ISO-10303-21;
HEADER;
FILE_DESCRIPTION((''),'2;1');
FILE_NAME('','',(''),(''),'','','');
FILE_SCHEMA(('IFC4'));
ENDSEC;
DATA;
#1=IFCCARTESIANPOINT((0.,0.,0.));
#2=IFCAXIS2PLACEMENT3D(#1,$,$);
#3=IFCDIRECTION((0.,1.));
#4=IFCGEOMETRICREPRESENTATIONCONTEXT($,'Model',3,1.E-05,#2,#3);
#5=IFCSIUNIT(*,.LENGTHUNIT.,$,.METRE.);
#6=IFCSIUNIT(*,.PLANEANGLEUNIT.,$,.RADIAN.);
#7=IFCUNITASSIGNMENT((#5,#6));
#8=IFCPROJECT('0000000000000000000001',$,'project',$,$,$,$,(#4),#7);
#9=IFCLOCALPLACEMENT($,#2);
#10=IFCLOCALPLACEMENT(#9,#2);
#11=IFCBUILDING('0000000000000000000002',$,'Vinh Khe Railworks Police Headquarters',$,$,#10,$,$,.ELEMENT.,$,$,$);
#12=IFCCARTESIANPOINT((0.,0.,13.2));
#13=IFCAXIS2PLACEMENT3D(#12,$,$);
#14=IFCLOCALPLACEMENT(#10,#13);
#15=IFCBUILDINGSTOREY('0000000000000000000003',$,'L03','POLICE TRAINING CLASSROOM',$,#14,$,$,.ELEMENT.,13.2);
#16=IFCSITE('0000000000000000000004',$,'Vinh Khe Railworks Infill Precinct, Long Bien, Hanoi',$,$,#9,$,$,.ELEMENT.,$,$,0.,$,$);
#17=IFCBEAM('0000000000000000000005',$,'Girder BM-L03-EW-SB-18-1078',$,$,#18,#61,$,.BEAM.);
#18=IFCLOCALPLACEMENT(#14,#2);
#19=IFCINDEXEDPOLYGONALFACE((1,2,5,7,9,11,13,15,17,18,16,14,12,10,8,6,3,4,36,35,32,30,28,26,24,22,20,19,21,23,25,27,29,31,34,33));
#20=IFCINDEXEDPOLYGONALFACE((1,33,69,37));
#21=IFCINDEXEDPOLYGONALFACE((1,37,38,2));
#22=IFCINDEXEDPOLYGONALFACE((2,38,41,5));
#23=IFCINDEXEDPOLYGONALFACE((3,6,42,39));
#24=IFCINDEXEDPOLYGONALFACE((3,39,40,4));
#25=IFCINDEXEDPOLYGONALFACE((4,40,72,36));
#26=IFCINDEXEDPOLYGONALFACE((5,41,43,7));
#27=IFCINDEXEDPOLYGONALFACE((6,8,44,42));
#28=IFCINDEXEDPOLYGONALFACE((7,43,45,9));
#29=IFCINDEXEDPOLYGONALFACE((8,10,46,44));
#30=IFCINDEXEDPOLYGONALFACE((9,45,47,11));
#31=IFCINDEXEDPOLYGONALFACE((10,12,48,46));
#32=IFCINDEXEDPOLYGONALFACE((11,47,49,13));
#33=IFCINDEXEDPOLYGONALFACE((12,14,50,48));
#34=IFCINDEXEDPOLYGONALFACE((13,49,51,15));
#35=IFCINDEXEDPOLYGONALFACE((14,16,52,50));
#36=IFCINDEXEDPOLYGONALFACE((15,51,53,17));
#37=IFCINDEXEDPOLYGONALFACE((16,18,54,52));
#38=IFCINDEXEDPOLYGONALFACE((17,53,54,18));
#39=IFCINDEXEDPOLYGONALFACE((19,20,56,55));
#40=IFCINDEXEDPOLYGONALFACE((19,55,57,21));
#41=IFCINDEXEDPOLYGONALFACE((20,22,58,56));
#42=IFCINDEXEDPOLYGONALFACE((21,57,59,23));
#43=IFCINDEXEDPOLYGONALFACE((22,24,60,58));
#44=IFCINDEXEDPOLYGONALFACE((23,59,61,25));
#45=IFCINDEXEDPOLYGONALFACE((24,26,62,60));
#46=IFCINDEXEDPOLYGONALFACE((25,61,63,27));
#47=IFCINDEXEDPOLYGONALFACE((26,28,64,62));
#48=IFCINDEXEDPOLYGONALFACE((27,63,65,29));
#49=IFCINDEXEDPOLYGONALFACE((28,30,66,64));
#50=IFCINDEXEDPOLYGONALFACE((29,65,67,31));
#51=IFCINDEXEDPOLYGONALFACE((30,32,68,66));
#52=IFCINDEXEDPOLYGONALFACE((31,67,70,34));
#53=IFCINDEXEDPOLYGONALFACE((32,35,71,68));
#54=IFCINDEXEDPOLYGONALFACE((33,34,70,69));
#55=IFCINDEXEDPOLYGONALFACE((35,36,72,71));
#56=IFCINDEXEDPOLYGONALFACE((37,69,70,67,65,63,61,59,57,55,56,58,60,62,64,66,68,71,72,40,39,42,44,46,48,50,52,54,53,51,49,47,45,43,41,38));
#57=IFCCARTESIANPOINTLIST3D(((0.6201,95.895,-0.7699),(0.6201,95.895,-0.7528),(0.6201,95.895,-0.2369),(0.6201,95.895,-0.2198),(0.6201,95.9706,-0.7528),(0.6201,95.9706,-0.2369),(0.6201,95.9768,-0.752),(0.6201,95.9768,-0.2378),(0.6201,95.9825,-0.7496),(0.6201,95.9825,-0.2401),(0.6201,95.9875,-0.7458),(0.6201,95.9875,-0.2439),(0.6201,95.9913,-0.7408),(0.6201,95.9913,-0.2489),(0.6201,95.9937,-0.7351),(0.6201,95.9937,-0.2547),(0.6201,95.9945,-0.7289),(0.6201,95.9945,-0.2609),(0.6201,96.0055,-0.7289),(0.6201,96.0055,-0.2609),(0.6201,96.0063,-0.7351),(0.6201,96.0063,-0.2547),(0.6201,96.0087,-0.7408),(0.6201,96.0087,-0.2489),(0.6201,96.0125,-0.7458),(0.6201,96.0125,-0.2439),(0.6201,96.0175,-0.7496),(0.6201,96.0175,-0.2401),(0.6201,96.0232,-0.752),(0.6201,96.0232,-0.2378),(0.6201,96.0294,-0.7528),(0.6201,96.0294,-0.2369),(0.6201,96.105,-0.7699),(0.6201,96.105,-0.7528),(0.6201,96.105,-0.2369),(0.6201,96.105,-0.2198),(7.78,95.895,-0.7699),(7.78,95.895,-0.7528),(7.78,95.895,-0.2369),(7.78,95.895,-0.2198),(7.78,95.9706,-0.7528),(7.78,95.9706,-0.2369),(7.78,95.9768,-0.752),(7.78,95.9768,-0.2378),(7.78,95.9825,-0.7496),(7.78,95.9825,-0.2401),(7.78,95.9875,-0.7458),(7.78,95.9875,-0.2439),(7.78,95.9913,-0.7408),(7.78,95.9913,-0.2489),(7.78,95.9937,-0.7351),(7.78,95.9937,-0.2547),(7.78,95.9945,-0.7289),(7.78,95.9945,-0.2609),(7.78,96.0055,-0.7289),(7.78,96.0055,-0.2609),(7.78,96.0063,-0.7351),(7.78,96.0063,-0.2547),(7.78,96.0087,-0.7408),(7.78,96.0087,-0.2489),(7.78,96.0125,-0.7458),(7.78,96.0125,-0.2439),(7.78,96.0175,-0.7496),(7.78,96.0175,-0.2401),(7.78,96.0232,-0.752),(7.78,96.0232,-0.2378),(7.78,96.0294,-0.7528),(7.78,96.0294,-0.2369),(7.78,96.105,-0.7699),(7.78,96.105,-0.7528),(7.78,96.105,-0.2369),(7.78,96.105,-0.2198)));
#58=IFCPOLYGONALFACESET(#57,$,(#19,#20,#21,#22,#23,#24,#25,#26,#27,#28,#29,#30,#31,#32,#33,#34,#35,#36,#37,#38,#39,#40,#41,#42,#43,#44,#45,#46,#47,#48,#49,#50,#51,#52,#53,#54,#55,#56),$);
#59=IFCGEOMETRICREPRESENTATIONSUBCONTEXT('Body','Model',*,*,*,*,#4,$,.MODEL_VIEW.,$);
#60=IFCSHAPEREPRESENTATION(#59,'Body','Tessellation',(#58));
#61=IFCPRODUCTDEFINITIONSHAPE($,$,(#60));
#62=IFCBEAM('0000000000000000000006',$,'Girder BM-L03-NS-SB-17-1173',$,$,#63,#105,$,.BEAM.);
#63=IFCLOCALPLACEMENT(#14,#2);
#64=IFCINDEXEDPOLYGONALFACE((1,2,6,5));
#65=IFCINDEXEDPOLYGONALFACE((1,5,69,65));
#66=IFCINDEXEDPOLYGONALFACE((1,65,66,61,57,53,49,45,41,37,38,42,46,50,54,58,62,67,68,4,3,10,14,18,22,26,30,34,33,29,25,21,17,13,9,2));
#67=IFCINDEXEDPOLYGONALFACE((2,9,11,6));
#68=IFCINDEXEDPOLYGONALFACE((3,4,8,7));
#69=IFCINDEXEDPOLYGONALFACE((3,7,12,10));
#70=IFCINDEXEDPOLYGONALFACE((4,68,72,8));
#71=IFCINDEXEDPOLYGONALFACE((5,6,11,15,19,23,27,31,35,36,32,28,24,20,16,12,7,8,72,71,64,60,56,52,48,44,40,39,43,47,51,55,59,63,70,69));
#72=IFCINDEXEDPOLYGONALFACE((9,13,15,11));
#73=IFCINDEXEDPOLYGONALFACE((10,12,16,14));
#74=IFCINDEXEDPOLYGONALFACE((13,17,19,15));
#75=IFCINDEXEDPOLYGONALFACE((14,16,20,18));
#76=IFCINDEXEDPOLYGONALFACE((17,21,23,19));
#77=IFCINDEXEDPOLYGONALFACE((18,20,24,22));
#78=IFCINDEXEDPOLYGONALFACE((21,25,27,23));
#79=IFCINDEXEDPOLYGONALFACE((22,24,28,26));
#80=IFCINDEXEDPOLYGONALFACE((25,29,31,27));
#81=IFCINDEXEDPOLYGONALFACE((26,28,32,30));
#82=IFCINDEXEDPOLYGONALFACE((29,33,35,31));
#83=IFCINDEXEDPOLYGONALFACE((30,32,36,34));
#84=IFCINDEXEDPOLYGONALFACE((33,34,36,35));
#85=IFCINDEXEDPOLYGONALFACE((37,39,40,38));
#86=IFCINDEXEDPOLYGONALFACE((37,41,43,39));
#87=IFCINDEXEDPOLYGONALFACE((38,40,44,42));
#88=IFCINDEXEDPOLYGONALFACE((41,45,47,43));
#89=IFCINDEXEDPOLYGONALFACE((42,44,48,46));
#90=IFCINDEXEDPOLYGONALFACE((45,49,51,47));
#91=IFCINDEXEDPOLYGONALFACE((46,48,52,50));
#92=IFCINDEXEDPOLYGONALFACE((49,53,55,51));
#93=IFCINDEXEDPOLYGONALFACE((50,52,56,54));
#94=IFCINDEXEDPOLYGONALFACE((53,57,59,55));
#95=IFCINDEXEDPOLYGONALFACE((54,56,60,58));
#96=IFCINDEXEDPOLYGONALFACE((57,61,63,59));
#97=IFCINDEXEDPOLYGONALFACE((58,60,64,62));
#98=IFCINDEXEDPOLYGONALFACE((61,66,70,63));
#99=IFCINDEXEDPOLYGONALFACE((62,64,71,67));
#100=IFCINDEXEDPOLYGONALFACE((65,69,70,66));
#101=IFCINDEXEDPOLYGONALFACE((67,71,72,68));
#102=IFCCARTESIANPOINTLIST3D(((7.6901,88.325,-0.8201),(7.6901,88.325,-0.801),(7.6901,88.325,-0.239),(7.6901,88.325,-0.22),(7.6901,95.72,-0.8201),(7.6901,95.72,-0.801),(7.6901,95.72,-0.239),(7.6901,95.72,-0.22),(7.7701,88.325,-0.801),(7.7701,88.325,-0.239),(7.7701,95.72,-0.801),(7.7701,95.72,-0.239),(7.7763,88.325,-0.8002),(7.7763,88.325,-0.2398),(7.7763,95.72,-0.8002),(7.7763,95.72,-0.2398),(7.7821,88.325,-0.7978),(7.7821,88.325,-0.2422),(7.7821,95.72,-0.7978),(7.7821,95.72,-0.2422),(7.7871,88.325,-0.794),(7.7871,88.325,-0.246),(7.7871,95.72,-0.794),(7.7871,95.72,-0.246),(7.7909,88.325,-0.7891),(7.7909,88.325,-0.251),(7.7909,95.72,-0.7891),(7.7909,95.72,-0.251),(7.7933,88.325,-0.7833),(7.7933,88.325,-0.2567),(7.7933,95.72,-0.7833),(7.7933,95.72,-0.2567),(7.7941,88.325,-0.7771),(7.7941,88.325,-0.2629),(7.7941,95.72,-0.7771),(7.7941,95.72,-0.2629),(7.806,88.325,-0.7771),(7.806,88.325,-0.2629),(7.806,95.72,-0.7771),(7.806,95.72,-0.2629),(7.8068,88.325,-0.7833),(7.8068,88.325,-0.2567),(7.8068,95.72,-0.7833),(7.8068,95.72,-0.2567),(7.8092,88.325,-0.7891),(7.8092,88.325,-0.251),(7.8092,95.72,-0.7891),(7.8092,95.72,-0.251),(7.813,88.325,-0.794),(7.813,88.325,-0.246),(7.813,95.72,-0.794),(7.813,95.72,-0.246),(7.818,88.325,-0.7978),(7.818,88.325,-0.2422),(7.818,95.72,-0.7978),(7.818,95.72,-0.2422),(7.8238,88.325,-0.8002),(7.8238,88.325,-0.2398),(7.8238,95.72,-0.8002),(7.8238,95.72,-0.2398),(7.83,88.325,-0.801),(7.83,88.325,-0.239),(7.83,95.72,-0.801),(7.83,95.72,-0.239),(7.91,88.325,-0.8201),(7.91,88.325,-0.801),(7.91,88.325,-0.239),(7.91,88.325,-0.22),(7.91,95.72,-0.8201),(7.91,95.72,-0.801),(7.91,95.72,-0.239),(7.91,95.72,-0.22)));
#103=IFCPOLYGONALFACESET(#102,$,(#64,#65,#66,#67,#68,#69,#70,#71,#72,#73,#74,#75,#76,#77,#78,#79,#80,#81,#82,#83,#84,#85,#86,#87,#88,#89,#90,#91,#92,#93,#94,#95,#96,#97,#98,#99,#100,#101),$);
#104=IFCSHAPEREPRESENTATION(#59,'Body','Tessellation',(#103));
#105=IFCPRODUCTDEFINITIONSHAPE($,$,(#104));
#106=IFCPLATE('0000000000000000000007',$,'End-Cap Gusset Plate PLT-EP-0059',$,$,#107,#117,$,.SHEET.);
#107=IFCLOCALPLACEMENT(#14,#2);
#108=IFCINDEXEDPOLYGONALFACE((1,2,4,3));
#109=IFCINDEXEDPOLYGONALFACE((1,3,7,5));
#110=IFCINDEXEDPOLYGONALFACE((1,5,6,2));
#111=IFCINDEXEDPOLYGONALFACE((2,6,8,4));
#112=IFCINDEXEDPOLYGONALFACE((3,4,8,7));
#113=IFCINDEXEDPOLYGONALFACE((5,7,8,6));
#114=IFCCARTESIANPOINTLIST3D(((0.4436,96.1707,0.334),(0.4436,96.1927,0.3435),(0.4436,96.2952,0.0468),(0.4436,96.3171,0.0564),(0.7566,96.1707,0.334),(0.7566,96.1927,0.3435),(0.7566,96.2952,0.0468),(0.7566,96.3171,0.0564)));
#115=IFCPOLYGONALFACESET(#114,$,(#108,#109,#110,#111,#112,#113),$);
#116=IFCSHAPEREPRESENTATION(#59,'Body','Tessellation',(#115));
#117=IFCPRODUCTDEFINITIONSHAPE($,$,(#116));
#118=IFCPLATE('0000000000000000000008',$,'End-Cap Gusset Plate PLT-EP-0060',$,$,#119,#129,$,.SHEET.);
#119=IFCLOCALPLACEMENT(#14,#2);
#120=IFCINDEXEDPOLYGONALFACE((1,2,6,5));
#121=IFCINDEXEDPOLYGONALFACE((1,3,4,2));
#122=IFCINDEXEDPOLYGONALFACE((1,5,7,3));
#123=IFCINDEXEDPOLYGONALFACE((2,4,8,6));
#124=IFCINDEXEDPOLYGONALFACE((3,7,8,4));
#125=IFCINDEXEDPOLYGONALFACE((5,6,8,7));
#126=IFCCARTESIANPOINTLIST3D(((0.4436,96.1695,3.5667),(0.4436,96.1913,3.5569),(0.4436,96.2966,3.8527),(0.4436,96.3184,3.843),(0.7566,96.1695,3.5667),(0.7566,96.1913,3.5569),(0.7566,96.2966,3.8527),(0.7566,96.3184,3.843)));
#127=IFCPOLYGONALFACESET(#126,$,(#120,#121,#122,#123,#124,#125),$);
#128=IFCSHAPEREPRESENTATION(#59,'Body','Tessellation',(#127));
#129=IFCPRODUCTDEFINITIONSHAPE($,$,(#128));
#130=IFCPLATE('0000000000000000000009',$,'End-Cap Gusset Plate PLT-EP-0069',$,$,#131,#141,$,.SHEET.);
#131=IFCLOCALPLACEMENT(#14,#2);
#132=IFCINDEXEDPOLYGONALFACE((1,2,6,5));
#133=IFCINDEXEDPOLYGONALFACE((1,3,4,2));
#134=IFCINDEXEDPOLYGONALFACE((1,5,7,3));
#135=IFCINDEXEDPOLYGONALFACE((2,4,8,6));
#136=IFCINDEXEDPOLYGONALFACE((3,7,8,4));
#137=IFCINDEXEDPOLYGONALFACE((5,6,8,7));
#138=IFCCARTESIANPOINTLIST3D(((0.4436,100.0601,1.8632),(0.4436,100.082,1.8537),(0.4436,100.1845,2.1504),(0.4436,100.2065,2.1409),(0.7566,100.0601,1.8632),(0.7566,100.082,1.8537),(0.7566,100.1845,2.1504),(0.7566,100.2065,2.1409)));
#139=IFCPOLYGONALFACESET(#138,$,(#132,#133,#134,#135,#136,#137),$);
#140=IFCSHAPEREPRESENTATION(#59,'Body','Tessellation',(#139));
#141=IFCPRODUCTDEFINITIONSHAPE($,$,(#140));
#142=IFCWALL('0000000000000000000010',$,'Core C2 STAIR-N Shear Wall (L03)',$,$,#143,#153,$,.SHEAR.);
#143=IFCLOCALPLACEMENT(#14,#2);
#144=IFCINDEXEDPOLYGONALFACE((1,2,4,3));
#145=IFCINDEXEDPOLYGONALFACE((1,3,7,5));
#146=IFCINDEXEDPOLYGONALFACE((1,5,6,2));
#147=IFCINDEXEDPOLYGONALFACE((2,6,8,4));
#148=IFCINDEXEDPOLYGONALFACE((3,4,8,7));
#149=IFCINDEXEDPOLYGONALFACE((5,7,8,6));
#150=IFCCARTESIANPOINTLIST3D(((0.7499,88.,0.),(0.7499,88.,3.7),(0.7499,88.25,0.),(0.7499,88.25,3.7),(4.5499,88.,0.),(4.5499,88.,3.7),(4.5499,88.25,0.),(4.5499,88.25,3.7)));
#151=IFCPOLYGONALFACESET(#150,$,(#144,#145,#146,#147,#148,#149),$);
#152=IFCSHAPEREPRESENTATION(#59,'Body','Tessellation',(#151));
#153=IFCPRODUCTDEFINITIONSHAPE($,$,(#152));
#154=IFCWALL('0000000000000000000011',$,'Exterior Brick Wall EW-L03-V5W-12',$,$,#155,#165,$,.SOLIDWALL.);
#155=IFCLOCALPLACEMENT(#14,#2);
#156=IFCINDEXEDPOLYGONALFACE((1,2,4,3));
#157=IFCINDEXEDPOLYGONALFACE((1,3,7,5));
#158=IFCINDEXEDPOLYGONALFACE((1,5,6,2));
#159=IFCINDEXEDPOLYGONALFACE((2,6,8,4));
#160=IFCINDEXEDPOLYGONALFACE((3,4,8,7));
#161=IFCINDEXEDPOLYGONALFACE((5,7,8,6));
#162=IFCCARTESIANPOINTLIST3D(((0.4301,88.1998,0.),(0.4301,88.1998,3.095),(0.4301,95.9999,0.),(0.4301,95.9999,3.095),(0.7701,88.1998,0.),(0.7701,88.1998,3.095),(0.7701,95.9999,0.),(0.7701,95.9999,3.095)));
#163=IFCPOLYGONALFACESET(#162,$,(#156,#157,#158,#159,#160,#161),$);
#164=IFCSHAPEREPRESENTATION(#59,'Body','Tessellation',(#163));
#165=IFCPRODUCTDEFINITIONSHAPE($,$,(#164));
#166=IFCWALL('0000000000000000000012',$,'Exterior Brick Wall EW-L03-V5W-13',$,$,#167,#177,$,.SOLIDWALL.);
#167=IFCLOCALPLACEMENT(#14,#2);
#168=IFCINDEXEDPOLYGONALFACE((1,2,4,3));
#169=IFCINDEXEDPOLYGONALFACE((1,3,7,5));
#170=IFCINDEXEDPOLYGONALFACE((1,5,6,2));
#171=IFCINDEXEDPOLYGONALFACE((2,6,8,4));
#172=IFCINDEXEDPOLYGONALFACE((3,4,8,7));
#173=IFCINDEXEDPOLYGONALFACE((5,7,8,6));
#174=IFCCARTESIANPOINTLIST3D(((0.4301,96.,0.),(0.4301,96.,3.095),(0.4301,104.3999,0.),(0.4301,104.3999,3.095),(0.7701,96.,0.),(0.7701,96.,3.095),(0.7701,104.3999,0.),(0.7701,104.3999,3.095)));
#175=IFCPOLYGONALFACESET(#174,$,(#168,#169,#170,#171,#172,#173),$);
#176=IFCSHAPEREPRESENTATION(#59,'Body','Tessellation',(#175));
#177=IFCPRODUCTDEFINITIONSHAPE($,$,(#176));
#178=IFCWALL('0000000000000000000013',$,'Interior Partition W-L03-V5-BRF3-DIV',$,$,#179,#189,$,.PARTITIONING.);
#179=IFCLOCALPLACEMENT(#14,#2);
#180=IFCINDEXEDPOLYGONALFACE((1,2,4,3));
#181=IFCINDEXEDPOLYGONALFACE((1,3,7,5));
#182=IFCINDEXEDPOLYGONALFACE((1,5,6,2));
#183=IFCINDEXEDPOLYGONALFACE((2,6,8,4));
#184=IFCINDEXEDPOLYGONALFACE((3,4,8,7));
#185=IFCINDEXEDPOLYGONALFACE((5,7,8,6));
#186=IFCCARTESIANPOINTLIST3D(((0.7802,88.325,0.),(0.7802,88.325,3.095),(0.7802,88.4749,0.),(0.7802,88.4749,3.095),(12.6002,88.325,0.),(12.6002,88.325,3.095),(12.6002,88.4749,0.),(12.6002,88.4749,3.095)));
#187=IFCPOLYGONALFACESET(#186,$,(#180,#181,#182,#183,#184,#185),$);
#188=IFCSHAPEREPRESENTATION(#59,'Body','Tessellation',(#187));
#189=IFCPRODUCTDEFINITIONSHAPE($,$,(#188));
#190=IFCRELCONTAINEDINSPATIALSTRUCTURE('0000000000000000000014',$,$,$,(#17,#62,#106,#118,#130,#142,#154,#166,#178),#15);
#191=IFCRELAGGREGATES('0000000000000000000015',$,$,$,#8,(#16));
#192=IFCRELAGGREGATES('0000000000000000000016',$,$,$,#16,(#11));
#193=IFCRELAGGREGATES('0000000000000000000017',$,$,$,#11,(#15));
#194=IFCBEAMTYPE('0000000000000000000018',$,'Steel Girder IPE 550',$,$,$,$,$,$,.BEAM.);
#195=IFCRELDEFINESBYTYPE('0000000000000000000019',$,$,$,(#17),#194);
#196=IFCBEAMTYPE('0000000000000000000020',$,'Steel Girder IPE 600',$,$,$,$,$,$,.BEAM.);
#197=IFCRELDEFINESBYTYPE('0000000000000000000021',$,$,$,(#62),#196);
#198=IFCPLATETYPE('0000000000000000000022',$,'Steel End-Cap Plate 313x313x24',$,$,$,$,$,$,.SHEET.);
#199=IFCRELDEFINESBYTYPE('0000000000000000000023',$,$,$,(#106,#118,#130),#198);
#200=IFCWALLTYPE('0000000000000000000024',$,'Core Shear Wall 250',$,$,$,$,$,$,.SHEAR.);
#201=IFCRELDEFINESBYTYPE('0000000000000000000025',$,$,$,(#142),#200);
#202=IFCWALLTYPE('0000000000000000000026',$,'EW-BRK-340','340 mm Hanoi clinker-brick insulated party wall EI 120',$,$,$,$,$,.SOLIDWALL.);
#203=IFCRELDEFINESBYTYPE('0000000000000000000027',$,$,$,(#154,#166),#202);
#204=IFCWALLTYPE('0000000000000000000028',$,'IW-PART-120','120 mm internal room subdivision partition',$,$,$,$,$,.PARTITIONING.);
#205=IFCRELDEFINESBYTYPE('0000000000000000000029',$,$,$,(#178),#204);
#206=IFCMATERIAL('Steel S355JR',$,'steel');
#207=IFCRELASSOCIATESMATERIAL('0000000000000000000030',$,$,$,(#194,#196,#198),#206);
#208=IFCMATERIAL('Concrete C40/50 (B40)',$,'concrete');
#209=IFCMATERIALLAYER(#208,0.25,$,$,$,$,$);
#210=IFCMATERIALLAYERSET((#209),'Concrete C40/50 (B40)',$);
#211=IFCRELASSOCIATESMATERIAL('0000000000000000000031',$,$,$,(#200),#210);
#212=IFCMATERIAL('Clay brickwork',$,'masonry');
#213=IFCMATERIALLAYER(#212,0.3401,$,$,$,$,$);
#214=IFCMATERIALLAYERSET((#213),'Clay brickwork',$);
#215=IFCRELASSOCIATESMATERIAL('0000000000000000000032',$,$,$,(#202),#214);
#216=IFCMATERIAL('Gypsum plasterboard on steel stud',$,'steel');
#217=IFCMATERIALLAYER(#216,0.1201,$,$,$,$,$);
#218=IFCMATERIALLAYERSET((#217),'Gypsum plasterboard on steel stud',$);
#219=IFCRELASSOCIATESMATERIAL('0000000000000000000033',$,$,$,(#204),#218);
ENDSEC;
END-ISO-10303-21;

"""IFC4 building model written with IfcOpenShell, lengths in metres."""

from ifc_helpers import new_model, si_unit, direction, frame, frame_2d, origin, origin_2d, place, context, subcontext, project, spatial, rectangle, i_section, extrude, material, layer, layer_set, material_profile, profile_set, type_object, element, save


model = new_model("IFC4")

# Units and contexts
model_context = context("Model", 3, precision=1e-05, world=origin(), true_north=direction((0.0, 1.0)))
body_context = subcontext(model_context, "Body", "Model", "MODEL_VIEW")
ifc_project = project(units=[si_unit("LENGTHUNIT", "METRE"), si_unit("PLANEANGLEUNIT", "RADIAN")], contexts=[model_context])

# Site, building, storey
site_placement = place(None, origin())
site = spatial("IfcSite", under=ifc_project, at=site_placement, Name="Vinh Khe Railworks Infill Precinct, Long Bien, Hanoi", CompositionType="ELEMENT", RefElevation=0.0)
building_placement = place(site_placement, origin())
building = spatial("IfcBuilding", under=site, at=building_placement, Name="Vinh Khe Railworks Police Headquarters", CompositionType="ELEMENT")
storey_placement = place(building_placement, frame((0.0, 0.0, 13.2)))
storey = spatial("IfcBuildingStorey", under=building, at=storey_placement, Name="L03", Description="POLICE TRAINING CLASSROOM", CompositionType="ELEMENT", Elevation=13.2)

# Shared definitions
ifc_material_1 = material(Name="Steel S355JR", Category="steel")

# Beams
ifc_material_profile_1 = material_profile(ifc_material_1, i_section(OverallWidth=0.21, OverallDepth=0.55, WebThickness=0.011, FlangeThickness=0.0171, FilletRadius=0.0239, at=origin_2d()), Name="IPE 550")
ifc_profile_set_1 = profile_set([ifc_material_profile_1], Name="Steel S355JR")
beam_type_1 = type_object("IfcBeamType", Name="Steel Girder IPE 550", PredefinedType="BEAM", material=ifc_profile_set_1)
beam_1_placement = place(storey_placement, frame((0.6201, 96.0, -0.4949), z_axis=(1.0, 0.0, 0.0), x_axis=(0.0, 1.0, 0.0)))
element("IfcBeam", 1, at=beam_1_placement, inside=storey, type_object=beam_type_1, Name="Girder BM-L03-EW-SB-18-1078", PredefinedType="BEAM", context=body_context, shape_type="SweptSolid", body=[
    extrude(i_section(OverallWidth=0.21, OverallDepth=0.55, WebThickness=0.011, FlangeThickness=0.0171, FilletRadius=0.0239, at=origin_2d()), origin(), (0.0, 0.0, 1.0), 7.1599),
])
ifc_material_profile_2 = material_profile(ifc_material_1, i_section(OverallWidth=0.22, OverallDepth=0.6001, WebThickness=0.012, FlangeThickness=0.019, FilletRadius=0.0239, at=origin_2d()), Name="IPE 600")
ifc_profile_set_2 = profile_set([ifc_material_profile_2], Name="Steel S355JR")
beam_type_2 = type_object("IfcBeamType", Name="Steel Girder IPE 600", PredefinedType="BEAM", material=ifc_profile_set_2)
beam_2_placement = place(storey_placement, frame((7.8, 88.325, -0.52), z_axis=(0.0, 1.0, 0.0), x_axis=(-1.0, 0.0, 0.0)))
element("IfcBeam", 2, at=beam_2_placement, inside=storey, type_object=beam_type_2, Name="Girder BM-L03-NS-SB-17-1173", PredefinedType="BEAM", context=body_context, shape_type="SweptSolid", body=[
    extrude(i_section(OverallWidth=0.22, OverallDepth=0.6001, WebThickness=0.012, FlangeThickness=0.019, FilletRadius=0.0239, at=origin_2d()), origin(), (0.0, 0.0, 1.0), 7.395),
])

# Plates
ifc_material_profile_3 = material_profile(ifc_material_1, rectangle(XDim=0.313, YDim=0.313, at=origin_2d()), Name="PL 313x313")
ifc_profile_set_3 = profile_set([ifc_material_profile_3], Name="Steel S355JR")
plate_type = type_object("IfcPlateType", Name="Steel End-Cap Plate 313x313x24", PredefinedType="SHEET", material=ifc_profile_set_3)
for number, where, z_axis, x_axis, name in (
    (3, (0.6001, 96.2549, 0.2), (0.0, -0.917556, -0.397607), (1.0, 0.0, 0.0), "End-Cap Gusset Plate PLT-EP-0059"),
    (4, (0.6001, 96.2549, 3.7), (0.0, -0.913812, 0.406138), (1.0, 0.0, 0.0), "End-Cap Gusset Plate PLT-EP-0060"),
    (5, (0.6001, 100.1223, 2.0068), (0.0, 0.917556, -0.397607), (-1.0, 0.0, 0.0), "End-Cap Gusset Plate PLT-EP-0069"),
):
    element("IfcPlate", number, at=place(storey_placement, frame(where, z_axis=z_axis, x_axis=x_axis)), inside=storey, type_object=plate_type, Name=name, PredefinedType="SHEET", context=body_context, shape_type="SweptSolid", body=[
        extrude(rectangle(XDim=0.313, YDim=0.313, at=origin_2d()), origin(), (0.0, 0.0, 1.0), 0.0239),
    ])

# Walls
ifc_material_2 = material(Name="Concrete C40/50 (B40)", Category="concrete")
ifc_layer_1 = layer(ifc_material_2, 0.25)
ifc_layer_set_1 = layer_set([ifc_layer_1], Name="Concrete C40/50 (B40)")
wall_type_1 = type_object("IfcWallType", Name="Core Shear Wall 250", PredefinedType="SHEAR", material=ifc_layer_set_1)
wall_1_placement = place(storey_placement, frame((0.75, 88.125, 0.0), z_axis=(0.0, 0.0, 1.0), x_axis=(1.0, 0.0, 0.0)))
element("IfcWall", 6, at=wall_1_placement, inside=storey, type_object=wall_type_1, Name="Core C2 STAIR-N Shear Wall (L03)", PredefinedType="SHEAR", context=body_context, shape_type="SweptSolid", body=[
    extrude(rectangle(XDim=3.8, YDim=0.25, at=frame_2d((1.8999, 0.0))), origin(), (0.0, 0.0, 1.0), 3.7),
])
ifc_material_3 = material(Name="Clay brickwork", Category="masonry")
ifc_layer_2 = layer(ifc_material_3, 0.3401)
ifc_layer_set_2 = layer_set([ifc_layer_2], Name="Clay brickwork")
wall_type_2 = type_object("IfcWallType", Name="EW-BRK-340", Description="340 mm Hanoi clinker-brick insulated party wall EI 120", PredefinedType="SOLIDWALL", material=ifc_layer_set_2)
wall_2_placement = place(storey_placement, frame((0.6001, 88.2, 0.0), z_axis=(0.0, 0.0, 1.0), x_axis=(0.0, 1.0, 0.0)))
element("IfcWall", 7, at=wall_2_placement, inside=storey, type_object=wall_type_2, Name="Exterior Brick Wall EW-L03-V5W-12", PredefinedType="SOLIDWALL", context=body_context, shape_type="SweptSolid", body=[
    extrude(rectangle(XDim=7.8, YDim=0.3401, at=frame_2d((3.8999, 0.0))), origin(), (0.0, 0.0, 1.0), 3.095),
])
wall_3_placement = place(storey_placement, frame((0.6001, 96.0, 0.0), z_axis=(0.0, 0.0, 1.0), x_axis=(0.0, 1.0, 0.0)))
element("IfcWall", 8, at=wall_3_placement, inside=storey, type_object=wall_type_2, Name="Exterior Brick Wall EW-L03-V5W-13", PredefinedType="SOLIDWALL", context=body_context, shape_type="SweptSolid", body=[
    extrude(rectangle(XDim=8.3999, YDim=0.3401, at=frame_2d((4.2, 0.0))), origin(), (0.0, 0.0, 1.0), 3.095),
])
ifc_material_4 = material(Name="Gypsum plasterboard on steel stud", Category="steel")
ifc_layer_3 = layer(ifc_material_4, 0.1201)
ifc_layer_set_3 = layer_set([ifc_layer_3], Name="Gypsum plasterboard on steel stud")
wall_type_3 = type_object("IfcWallType", Name="IW-PART-120", Description="120 mm internal room subdivision partition", PredefinedType="PARTITIONING", material=ifc_layer_set_3)
wall_4_placement = place(storey_placement, frame((0.78, 88.3999, 0.0), z_axis=(0.0, 0.0, 1.0), x_axis=(1.0, 0.0, 0.0)))
element("IfcWall", 9, at=wall_4_placement, inside=storey, type_object=wall_type_3, Name="Interior Partition W-L03-V5-BRF3-DIV", PredefinedType="PARTITIONING", context=body_context, shape_type="SweptSolid", body=[
    extrude(rectangle(XDim=11.8201, YDim=0.1499, at=frame_2d((5.9102, 0.0))), origin(), (0.0, 0.0, 1.0), 3.095),
])

save(model, "model.ifc")
